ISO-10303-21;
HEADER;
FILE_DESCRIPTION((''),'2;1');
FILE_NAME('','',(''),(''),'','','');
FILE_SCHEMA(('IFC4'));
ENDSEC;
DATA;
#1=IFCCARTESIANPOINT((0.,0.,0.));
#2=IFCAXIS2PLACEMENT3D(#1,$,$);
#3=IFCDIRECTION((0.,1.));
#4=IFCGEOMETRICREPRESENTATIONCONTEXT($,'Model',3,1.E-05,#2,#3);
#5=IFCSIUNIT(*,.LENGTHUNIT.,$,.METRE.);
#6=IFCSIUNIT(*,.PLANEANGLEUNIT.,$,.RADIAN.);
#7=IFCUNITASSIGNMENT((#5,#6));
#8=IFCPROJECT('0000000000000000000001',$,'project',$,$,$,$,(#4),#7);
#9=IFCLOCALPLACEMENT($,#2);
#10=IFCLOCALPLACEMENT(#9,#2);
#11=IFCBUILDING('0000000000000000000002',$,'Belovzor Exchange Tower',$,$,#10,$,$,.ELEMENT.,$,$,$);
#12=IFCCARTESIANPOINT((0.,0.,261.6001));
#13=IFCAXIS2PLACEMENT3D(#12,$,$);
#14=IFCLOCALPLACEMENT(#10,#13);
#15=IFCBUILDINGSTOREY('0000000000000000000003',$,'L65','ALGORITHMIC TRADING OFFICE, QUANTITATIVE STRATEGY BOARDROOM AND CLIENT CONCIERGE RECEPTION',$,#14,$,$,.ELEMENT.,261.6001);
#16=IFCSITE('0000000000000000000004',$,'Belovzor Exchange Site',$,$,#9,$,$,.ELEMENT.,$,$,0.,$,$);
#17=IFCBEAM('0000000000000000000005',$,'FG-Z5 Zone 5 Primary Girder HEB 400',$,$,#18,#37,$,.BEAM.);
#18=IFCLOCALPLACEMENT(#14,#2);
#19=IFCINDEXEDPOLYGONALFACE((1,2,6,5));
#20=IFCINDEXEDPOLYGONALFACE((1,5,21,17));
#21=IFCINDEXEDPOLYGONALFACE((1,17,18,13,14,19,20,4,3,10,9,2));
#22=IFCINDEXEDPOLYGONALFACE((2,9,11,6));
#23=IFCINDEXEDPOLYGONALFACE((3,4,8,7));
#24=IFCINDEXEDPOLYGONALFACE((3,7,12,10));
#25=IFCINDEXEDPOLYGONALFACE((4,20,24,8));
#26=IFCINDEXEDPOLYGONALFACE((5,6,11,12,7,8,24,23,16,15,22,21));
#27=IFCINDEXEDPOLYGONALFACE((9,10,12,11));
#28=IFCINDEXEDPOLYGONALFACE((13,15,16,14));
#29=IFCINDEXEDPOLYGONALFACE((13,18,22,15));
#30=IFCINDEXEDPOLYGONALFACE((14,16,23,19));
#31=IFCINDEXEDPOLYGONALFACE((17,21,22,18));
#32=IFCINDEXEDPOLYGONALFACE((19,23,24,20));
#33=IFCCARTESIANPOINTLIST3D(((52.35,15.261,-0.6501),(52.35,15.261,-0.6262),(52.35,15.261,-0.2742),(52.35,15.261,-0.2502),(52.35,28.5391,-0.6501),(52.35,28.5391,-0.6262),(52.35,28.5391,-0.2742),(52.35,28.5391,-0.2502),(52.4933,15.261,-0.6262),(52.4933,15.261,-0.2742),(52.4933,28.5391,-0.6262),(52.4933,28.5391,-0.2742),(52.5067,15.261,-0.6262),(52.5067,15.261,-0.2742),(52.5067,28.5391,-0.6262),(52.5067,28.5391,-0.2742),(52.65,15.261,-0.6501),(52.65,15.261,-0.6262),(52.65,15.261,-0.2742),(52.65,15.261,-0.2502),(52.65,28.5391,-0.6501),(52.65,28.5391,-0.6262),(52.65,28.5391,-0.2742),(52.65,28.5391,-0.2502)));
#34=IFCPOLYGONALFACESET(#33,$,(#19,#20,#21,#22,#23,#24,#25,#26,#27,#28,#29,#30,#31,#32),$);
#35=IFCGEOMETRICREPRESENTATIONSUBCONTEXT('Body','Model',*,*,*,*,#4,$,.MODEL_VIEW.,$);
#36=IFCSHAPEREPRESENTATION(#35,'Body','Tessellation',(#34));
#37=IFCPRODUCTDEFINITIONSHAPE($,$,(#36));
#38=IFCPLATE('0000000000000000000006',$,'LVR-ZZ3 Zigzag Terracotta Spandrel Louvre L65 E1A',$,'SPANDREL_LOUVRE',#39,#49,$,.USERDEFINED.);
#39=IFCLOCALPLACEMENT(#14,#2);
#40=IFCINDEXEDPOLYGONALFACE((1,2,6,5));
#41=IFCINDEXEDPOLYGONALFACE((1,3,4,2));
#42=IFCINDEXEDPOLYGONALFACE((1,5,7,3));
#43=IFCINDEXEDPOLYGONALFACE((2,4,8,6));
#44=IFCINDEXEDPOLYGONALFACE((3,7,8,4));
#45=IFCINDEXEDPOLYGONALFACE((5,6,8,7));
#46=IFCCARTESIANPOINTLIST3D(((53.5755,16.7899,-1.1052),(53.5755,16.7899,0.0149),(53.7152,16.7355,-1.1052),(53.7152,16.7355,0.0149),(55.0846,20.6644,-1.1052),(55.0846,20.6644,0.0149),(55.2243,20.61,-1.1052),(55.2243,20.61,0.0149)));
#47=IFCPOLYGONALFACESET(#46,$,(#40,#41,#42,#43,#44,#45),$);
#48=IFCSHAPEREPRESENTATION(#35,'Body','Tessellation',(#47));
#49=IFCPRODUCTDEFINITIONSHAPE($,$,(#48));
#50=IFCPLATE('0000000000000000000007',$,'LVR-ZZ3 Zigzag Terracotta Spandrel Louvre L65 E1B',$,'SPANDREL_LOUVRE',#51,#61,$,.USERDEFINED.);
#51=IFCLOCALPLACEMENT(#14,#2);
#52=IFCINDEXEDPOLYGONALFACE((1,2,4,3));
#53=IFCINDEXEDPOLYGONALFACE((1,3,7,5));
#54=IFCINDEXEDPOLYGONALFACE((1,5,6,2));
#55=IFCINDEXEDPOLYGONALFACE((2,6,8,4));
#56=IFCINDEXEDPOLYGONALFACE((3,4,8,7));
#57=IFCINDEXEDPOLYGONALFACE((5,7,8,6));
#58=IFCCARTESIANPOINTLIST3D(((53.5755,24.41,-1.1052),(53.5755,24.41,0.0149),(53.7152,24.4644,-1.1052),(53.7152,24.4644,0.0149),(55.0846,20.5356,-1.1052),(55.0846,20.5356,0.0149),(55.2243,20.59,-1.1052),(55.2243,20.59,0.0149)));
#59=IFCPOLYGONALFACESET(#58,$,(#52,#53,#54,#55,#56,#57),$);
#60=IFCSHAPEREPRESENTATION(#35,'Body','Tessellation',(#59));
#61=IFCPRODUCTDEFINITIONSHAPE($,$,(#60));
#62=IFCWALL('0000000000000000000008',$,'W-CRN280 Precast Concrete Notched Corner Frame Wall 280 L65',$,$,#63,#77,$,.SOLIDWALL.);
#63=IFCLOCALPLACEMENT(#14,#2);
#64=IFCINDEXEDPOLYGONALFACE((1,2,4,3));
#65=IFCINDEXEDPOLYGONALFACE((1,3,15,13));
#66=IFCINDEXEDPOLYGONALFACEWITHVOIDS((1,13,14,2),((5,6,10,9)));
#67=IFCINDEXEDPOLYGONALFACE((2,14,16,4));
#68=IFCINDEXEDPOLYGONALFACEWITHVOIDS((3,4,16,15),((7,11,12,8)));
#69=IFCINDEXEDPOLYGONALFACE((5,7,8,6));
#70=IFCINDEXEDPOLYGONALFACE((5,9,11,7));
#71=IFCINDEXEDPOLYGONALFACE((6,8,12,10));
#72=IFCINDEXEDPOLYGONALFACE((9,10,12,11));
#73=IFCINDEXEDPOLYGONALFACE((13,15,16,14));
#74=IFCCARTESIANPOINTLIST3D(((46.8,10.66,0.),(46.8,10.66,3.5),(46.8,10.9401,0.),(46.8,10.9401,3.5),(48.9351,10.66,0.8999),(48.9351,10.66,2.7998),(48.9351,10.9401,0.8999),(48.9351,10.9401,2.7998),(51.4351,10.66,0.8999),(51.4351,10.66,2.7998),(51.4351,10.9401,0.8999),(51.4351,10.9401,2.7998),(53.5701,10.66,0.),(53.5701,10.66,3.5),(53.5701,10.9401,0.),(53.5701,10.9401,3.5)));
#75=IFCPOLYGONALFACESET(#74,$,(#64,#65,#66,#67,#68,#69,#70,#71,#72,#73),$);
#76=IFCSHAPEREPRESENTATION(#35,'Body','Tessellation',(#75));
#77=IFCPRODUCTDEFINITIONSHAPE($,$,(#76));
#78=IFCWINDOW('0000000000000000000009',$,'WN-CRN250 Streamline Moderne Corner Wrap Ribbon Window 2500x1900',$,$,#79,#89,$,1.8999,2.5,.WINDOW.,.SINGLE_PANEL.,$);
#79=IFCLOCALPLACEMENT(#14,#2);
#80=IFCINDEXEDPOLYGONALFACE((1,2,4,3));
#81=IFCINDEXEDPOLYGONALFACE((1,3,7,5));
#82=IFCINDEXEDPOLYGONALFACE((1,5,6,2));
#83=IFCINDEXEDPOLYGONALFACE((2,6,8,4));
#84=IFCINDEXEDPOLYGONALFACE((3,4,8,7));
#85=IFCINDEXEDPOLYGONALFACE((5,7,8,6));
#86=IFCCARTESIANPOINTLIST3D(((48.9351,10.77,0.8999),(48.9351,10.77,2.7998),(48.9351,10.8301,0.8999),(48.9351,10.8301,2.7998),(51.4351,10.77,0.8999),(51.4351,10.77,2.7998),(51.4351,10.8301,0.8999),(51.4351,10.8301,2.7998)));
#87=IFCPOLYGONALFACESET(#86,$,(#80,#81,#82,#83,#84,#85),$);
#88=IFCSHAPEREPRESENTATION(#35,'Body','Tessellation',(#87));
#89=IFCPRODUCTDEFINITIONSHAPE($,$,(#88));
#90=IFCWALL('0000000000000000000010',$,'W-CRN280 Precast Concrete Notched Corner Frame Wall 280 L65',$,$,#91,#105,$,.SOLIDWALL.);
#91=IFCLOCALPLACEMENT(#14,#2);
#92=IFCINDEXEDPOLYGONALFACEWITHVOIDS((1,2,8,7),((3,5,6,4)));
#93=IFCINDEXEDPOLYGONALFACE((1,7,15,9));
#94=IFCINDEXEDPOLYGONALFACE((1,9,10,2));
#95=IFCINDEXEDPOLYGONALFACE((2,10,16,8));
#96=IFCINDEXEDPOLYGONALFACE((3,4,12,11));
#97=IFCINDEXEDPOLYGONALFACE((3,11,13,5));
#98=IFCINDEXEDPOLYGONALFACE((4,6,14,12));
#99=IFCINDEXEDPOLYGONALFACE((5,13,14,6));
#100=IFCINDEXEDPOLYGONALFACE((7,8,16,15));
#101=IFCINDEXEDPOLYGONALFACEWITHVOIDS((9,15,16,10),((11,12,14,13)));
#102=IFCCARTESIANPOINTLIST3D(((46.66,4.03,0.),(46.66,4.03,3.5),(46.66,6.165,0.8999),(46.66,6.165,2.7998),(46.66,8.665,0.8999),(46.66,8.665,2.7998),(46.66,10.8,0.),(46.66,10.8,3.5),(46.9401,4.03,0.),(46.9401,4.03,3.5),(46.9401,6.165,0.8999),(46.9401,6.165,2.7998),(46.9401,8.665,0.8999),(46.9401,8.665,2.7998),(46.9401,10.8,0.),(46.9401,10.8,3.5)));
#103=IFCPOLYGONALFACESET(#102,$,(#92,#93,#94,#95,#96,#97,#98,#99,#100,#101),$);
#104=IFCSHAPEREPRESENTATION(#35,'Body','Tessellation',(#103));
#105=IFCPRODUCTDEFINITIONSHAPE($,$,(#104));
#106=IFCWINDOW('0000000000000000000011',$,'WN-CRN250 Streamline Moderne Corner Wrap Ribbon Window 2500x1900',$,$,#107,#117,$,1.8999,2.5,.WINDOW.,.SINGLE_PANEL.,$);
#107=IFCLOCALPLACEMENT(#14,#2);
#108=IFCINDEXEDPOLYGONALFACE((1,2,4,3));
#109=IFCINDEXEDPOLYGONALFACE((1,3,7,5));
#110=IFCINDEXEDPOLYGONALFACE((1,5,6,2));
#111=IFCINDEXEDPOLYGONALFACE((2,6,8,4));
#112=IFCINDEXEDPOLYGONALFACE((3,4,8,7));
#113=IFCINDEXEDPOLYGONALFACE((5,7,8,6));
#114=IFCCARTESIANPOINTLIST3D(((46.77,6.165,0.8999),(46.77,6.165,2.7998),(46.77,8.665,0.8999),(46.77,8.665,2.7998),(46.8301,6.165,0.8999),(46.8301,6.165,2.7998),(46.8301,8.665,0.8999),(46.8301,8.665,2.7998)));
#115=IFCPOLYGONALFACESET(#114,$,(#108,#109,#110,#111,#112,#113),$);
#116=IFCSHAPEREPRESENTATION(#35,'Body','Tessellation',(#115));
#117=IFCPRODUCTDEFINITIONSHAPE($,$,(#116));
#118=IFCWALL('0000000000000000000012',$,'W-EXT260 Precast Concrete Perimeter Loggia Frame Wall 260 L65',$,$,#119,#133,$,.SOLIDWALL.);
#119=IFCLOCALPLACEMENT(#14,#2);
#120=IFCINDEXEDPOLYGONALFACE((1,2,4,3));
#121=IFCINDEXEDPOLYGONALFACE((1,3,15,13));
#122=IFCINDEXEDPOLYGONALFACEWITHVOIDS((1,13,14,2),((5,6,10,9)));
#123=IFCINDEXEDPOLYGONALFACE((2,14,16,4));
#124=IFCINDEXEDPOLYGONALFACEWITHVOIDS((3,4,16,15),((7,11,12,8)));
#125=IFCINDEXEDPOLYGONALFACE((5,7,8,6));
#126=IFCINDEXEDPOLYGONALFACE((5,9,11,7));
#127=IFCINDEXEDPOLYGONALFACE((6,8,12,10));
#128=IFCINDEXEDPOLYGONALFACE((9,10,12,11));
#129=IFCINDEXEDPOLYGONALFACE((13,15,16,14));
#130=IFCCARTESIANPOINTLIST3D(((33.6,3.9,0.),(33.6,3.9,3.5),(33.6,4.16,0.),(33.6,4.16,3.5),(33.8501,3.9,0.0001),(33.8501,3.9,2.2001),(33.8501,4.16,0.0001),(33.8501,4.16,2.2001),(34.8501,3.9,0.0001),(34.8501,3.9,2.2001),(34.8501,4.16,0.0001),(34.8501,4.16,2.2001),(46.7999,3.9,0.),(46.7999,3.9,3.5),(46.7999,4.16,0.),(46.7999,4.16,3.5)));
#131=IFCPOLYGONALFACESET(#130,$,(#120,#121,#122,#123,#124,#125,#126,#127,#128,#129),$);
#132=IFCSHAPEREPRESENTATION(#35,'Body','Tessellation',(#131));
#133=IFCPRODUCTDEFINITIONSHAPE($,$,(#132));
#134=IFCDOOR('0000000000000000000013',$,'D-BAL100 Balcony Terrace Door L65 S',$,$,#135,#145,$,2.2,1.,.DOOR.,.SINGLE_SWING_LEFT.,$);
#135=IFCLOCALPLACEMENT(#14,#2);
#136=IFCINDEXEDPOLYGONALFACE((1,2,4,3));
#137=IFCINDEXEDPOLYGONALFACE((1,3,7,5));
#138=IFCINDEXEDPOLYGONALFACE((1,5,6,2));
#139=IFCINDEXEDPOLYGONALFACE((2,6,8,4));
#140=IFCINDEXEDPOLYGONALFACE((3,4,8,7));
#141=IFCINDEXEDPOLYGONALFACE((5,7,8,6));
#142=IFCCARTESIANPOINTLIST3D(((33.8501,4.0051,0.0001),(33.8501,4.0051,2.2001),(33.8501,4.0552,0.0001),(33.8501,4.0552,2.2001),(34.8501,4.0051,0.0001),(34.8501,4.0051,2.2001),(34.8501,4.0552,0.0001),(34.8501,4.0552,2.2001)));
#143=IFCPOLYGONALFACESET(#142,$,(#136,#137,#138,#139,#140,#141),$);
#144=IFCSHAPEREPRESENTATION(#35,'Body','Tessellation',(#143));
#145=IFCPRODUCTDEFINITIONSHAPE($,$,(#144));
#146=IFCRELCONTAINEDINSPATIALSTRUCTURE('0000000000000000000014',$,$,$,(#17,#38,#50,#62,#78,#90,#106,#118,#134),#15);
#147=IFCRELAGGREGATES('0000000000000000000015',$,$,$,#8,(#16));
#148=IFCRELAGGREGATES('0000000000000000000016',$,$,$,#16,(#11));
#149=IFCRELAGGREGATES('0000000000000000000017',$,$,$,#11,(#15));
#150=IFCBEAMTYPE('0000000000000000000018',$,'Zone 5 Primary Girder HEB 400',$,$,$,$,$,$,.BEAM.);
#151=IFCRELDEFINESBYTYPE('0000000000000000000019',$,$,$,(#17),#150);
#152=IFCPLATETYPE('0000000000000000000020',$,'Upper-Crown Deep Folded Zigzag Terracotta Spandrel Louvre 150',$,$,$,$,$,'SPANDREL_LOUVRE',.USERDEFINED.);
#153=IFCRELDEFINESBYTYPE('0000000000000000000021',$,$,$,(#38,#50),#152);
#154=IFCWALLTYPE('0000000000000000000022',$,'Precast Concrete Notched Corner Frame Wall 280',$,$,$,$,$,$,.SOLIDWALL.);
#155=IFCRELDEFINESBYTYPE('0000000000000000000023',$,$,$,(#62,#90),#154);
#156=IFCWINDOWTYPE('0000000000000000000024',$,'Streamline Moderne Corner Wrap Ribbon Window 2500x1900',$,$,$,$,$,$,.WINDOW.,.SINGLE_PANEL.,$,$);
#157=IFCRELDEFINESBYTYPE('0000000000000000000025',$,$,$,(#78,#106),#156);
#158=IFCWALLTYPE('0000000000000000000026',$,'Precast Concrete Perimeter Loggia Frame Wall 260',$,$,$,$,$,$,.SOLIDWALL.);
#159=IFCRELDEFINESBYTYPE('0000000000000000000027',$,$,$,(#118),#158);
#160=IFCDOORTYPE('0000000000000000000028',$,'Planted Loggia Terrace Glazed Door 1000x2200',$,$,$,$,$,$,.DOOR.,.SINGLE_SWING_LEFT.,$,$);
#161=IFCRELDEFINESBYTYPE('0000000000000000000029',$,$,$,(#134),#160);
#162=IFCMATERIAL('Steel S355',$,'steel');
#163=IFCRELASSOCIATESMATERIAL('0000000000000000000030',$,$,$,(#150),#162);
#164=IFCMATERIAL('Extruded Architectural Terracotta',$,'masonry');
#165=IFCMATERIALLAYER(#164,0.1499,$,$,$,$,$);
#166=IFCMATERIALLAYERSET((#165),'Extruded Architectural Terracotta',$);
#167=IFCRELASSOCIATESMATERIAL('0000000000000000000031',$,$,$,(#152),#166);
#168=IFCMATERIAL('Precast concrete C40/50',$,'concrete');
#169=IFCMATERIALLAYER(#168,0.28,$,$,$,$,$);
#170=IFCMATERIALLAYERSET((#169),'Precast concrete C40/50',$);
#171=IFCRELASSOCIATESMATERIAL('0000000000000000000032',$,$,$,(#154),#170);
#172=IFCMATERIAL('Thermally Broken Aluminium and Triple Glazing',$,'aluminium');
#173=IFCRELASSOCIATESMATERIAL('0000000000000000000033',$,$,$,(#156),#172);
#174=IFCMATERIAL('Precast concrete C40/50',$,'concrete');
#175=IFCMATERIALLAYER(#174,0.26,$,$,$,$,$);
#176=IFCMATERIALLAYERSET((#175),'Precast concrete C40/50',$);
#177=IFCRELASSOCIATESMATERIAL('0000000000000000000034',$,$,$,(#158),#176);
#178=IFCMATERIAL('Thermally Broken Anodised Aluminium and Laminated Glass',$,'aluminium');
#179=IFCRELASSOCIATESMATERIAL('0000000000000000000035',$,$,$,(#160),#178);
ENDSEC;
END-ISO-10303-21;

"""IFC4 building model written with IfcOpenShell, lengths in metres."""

from ifc_helpers import new_model, si_unit, direction, frame, frame_2d, origin, origin_2d, place, context, subcontext, project, spatial, rectangle, i_section, extrude, material, layer, layer_set, material_profile, profile_set, type_object, element, fill, save


model = new_model("IFC4")

# Units and contexts
model_context = context("Model", 3, precision=1e-05, world=origin(), true_north=direction((0.0, 1.0)))
body_context = subcontext(model_context, "Body", "Model", "MODEL_VIEW")
ifc_project = project(units=[si_unit("LENGTHUNIT", "METRE"), si_unit("PLANEANGLEUNIT", "RADIAN")], contexts=[model_context])

# Site, building, storey
site_placement = place(None, origin())
site = spatial("IfcSite", under=ifc_project, at=site_placement, Name="Belovzor Exchange Site", CompositionType="ELEMENT", RefElevation=0.0)
building_placement = place(site_placement, origin())
building = spatial("IfcBuilding", under=site, at=building_placement, Name="Belovzor Exchange Tower", CompositionType="ELEMENT")
storey_placement = place(building_placement, frame((0.0, 0.0, 261.6001)))
storey = spatial("IfcBuildingStorey", under=building, at=storey_placement, Name="L65", Description="ALGORITHMIC TRADING OFFICE, QUANTITATIVE STRATEGY BOARDROOM AND CLIENT CONCIERGE RECEPTION", CompositionType="ELEMENT", Elevation=261.6001)

# Beam
ifc_material_1 = material(Name="Steel S355", Category="steel")
ifc_material_profile_1 = material_profile(ifc_material_1, i_section(OverallWidth=0.3, OverallDepth=0.3999, WebThickness=0.0134, FlangeThickness=0.0239, at=origin_2d()))
ifc_profile_set_1 = profile_set([ifc_material_profile_1], Name="Steel S355")
beam_type_1 = type_object("IfcBeamType", Name="Zone 5 Primary Girder HEB 400", PredefinedType="BEAM", material=ifc_profile_set_1)
beam_1_placement = place(storey_placement, frame((52.5, 15.261, -0.4502), z_axis=(0.0, 1.0, 0.0), x_axis=(-1.0, 0.0, 0.0)))
element("IfcBeam", 1, at=beam_1_placement, inside=storey, type_object=beam_type_1, Name="FG-Z5 Zone 5 Primary Girder HEB 400", PredefinedType="BEAM", context=body_context, shape_type="SweptSolid", body=[
    extrude(i_section(OverallWidth=0.3, OverallDepth=0.3999, WebThickness=0.0134, FlangeThickness=0.0239, at=origin_2d()), origin(), (0.0, 0.0, 1.0), 13.2781),
])

# Plates
ifc_material_2 = material(Name="Extruded Architectural Terracotta", Category="masonry")
ifc_layer_1 = layer(ifc_material_2, 0.1499)
ifc_layer_set_1 = layer_set([ifc_layer_1], Name="Extruded Architectural Terracotta")
plate_type = type_object("IfcPlateType", Name="Upper-Crown Deep Folded Zigzag Terracotta Spandrel Louvre 150", ElementType="SPANDREL_LOUVRE", PredefinedType="USERDEFINED", material=ifc_layer_set_1)
for number, where, z_axis, x_axis, name in (
    (2, (54.3999, 18.7, -1.1052), (0.0, 0.0, 1.0), (0.362926, 0.931818, 0.0), "LVR-ZZ3 Zigzag Terracotta Spandrel Louvre L65 E1A"),
    (3, (54.3999, 22.5, -1.1052), (0.0, 0.0, 1.0), (-0.362926, 0.931818, 0.0), "LVR-ZZ3 Zigzag Terracotta Spandrel Louvre L65 E1B"),
):
    element("IfcPlate", number, at=place(storey_placement, frame(where, z_axis=z_axis, x_axis=x_axis)), inside=storey, type_object=plate_type, Name=name, ObjectType="SPANDREL_LOUVRE", PredefinedType="USERDEFINED", context=body_context, shape_type="SweptSolid", body=[
        extrude(rectangle(XDim=4.158, YDim=0.1499, at=origin_2d()), origin(), (0.0, 0.0, 1.0), 1.1201),
    ])

# Walls, openings, windows
ifc_material_3 = material(Name="Precast concrete C40/50", Category="concrete")
ifc_layer_2 = layer(ifc_material_3, 0.28)
ifc_layer_set_2 = layer_set([ifc_layer_2], Name="Precast concrete C40/50")
wall_type_1 = type_object("IfcWallType", Name="Precast Concrete Notched Corner Frame Wall 280", PredefinedType="SOLIDWALL", material=ifc_layer_set_2)
wall_1_placement = place(storey_placement, frame((53.5701, 10.8, 0.0), z_axis=(0.0, 0.0, 1.0), x_axis=(-1.0, 0.0, 0.0)))
wall_1 = element("IfcWall", 4, at=wall_1_placement, inside=storey, type_object=wall_type_1, Name="W-CRN280 Precast Concrete Notched Corner Frame Wall 280 L65", PredefinedType="SOLIDWALL", context=body_context, shape_type="SweptSolid", body=[
    extrude(rectangle(XDim=6.77, YDim=0.28, at=frame_2d((3.385, 0.0))), origin(), (0.0, 0.0, 1.0), 3.5),
])
opening_1_placement = place(wall_1_placement, frame((2.135, 0.0, 0.8999)))
opening_1 = element("IfcOpeningElement", 5, at=opening_1_placement, cuts=wall_1, PredefinedType="OPENING", context=body_context, shape_type="SweptSolid", body=[
    extrude(rectangle(XDim=2.5, YDim=1.8999, at=frame_2d((1.25, 0.95))), frame((0.0, 0.1499, 0.0), z_axis=(0.0, -1.0, 0.0), x_axis=(1.0, 0.0, 0.0)), (0.0, 0.0, 1.0), 0.3),
])
ifc_material_4 = material(Name="Thermally Broken Aluminium and Triple Glazing", Category="aluminium")
window_type_1 = type_object("IfcWindowType", Name="Streamline Moderne Corner Wrap Ribbon Window 2500x1900", PartitioningType="SINGLE_PANEL", PredefinedType="WINDOW", material=ifc_material_4)
window_1_placement = place(opening_1_placement, origin())
window_1 = element("IfcWindow", 6, at=window_1_placement, inside=storey, type_object=window_type_1, Name="WN-CRN250 Streamline Moderne Corner Wrap Ribbon Window 2500x1900", OverallHeight=1.8999, OverallWidth=2.5, PartitioningType="SINGLE_PANEL", PredefinedType="WINDOW", context=body_context, shape_type="SweptSolid", body=[
    extrude(rectangle(XDim=2.5, YDim=1.8999, at=frame_2d((1.25, 0.95))), frame((0.0, 0.03, 0.0), z_axis=(0.0, -1.0, 0.0), x_axis=(1.0, 0.0, 0.0)), (0.0, 0.0, 1.0), 0.0601),
])
fill(opening_1, window_1)
wall_2_placement = place(storey_placement, frame((46.8, 10.8, 0.0), z_axis=(0.0, 0.0, 1.0), x_axis=(0.0, -1.0, 0.0)))
wall_2 = element("IfcWall", 7, at=wall_2_placement, inside=storey, type_object=wall_type_1, Name="W-CRN280 Precast Concrete Notched Corner Frame Wall 280 L65", PredefinedType="SOLIDWALL", context=body_context, shape_type="SweptSolid", body=[
    extrude(rectangle(XDim=6.77, YDim=0.28, at=frame_2d((3.385, 0.0))), origin(), (0.0, 0.0, 1.0), 3.5),
])
opening_2_placement = place(wall_2_placement, frame((2.135, 0.0, 0.8999)))
opening_2 = element("IfcOpeningElement", 8, at=opening_2_placement, cuts=wall_2, PredefinedType="OPENING", context=body_context, shape_type="SweptSolid", body=[
    extrude(rectangle(XDim=2.5, YDim=1.8999, at=frame_2d((1.25, 0.95))), frame((0.0, 0.1499, 0.0), z_axis=(0.0, -1.0, 0.0), x_axis=(1.0, 0.0, 0.0)), (0.0, 0.0, 1.0), 0.3),
])
window_2_placement = place(opening_2_placement, origin())
window_2 = element("IfcWindow", 9, at=window_2_placement, inside=storey, type_object=window_type_1, Name="WN-CRN250 Streamline Moderne Corner Wrap Ribbon Window 2500x1900", OverallHeight=1.8999, OverallWidth=2.5, PartitioningType="SINGLE_PANEL", PredefinedType="WINDOW", context=body_context, shape_type="SweptSolid", body=[
    extrude(rectangle(XDim=2.5, YDim=1.8999, at=frame_2d((1.25, 0.95))), frame((0.0, 0.03, 0.0), z_axis=(0.0, -1.0, 0.0), x_axis=(1.0, 0.0, 0.0)), (0.0, 0.0, 1.0), 0.0601),
])
fill(opening_2, window_2)

# Wall, opening, door
ifc_material_5 = material(Name="Precast concrete C40/50", Category="concrete")
ifc_layer_3 = layer(ifc_material_5, 0.26)
ifc_layer_set_3 = layer_set([ifc_layer_3], Name="Precast concrete C40/50")
wall_type_2 = type_object("IfcWallType", Name="Precast Concrete Perimeter Loggia Frame Wall 260", PredefinedType="SOLIDWALL", material=ifc_layer_set_3)
wall_3_placement = place(storey_placement, frame((46.8, 4.03, 0.0), z_axis=(0.0, 0.0, 1.0), x_axis=(-1.0, 0.0, 0.0)))
wall_3 = element("IfcWall", 10, at=wall_3_placement, inside=storey, type_object=wall_type_2, Name="W-EXT260 Precast Concrete Perimeter Loggia Frame Wall 260 L65", PredefinedType="SOLIDWALL", context=body_context, shape_type="SweptSolid", body=[
    extrude(rectangle(XDim=13.2, YDim=0.26, at=frame_2d((6.6001, 0.0))), origin(), (0.0, 0.0, 1.0), 3.5),
])
opening_3_placement = place(wall_3_placement, frame((11.95, 0.0, 0.0)))
opening_3 = element("IfcOpeningElement", 11, at=opening_3_placement, cuts=wall_3, PredefinedType="OPENING", context=body_context, shape_type="SweptSolid", body=[
    extrude(rectangle(XDim=1.0, YDim=2.2, at=frame_2d((0.5, 1.1001))), frame((0.0, 0.1399, 0.0), z_axis=(0.0, -1.0, 0.0), x_axis=(1.0, 0.0, 0.0)), (0.0, 0.0, 1.0), 0.28),
])
ifc_material_6 = material(Name="Thermally Broken Anodised Aluminium and Laminated Glass", Category="aluminium")
door_type = type_object("IfcDoorType", Name="Planted Loggia Terrace Glazed Door 1000x2200", OperationType="SINGLE_SWING_LEFT", PredefinedType="DOOR", material=ifc_material_6)
door_placement = place(opening_3_placement, origin())
door = element("IfcDoor", 12, at=door_placement, inside=storey, type_object=door_type, Name="D-BAL100 Balcony Terrace Door L65 S", OperationType="SINGLE_SWING_LEFT", OverallHeight=2.2, OverallWidth=1.0, PredefinedType="DOOR", context=body_context, shape_type="SweptSolid", body=[
    extrude(rectangle(XDim=1.0, YDim=2.2, at=frame_2d((0.5, 1.1001))), frame((0.0, 0.0249, 0.0), z_axis=(0.0, -1.0, 0.0), x_axis=(1.0, 0.0, 0.0)), (0.0, 0.0, 1.0), 0.05),
])
fill(opening_3, door)

save(model, "model.ifc")
